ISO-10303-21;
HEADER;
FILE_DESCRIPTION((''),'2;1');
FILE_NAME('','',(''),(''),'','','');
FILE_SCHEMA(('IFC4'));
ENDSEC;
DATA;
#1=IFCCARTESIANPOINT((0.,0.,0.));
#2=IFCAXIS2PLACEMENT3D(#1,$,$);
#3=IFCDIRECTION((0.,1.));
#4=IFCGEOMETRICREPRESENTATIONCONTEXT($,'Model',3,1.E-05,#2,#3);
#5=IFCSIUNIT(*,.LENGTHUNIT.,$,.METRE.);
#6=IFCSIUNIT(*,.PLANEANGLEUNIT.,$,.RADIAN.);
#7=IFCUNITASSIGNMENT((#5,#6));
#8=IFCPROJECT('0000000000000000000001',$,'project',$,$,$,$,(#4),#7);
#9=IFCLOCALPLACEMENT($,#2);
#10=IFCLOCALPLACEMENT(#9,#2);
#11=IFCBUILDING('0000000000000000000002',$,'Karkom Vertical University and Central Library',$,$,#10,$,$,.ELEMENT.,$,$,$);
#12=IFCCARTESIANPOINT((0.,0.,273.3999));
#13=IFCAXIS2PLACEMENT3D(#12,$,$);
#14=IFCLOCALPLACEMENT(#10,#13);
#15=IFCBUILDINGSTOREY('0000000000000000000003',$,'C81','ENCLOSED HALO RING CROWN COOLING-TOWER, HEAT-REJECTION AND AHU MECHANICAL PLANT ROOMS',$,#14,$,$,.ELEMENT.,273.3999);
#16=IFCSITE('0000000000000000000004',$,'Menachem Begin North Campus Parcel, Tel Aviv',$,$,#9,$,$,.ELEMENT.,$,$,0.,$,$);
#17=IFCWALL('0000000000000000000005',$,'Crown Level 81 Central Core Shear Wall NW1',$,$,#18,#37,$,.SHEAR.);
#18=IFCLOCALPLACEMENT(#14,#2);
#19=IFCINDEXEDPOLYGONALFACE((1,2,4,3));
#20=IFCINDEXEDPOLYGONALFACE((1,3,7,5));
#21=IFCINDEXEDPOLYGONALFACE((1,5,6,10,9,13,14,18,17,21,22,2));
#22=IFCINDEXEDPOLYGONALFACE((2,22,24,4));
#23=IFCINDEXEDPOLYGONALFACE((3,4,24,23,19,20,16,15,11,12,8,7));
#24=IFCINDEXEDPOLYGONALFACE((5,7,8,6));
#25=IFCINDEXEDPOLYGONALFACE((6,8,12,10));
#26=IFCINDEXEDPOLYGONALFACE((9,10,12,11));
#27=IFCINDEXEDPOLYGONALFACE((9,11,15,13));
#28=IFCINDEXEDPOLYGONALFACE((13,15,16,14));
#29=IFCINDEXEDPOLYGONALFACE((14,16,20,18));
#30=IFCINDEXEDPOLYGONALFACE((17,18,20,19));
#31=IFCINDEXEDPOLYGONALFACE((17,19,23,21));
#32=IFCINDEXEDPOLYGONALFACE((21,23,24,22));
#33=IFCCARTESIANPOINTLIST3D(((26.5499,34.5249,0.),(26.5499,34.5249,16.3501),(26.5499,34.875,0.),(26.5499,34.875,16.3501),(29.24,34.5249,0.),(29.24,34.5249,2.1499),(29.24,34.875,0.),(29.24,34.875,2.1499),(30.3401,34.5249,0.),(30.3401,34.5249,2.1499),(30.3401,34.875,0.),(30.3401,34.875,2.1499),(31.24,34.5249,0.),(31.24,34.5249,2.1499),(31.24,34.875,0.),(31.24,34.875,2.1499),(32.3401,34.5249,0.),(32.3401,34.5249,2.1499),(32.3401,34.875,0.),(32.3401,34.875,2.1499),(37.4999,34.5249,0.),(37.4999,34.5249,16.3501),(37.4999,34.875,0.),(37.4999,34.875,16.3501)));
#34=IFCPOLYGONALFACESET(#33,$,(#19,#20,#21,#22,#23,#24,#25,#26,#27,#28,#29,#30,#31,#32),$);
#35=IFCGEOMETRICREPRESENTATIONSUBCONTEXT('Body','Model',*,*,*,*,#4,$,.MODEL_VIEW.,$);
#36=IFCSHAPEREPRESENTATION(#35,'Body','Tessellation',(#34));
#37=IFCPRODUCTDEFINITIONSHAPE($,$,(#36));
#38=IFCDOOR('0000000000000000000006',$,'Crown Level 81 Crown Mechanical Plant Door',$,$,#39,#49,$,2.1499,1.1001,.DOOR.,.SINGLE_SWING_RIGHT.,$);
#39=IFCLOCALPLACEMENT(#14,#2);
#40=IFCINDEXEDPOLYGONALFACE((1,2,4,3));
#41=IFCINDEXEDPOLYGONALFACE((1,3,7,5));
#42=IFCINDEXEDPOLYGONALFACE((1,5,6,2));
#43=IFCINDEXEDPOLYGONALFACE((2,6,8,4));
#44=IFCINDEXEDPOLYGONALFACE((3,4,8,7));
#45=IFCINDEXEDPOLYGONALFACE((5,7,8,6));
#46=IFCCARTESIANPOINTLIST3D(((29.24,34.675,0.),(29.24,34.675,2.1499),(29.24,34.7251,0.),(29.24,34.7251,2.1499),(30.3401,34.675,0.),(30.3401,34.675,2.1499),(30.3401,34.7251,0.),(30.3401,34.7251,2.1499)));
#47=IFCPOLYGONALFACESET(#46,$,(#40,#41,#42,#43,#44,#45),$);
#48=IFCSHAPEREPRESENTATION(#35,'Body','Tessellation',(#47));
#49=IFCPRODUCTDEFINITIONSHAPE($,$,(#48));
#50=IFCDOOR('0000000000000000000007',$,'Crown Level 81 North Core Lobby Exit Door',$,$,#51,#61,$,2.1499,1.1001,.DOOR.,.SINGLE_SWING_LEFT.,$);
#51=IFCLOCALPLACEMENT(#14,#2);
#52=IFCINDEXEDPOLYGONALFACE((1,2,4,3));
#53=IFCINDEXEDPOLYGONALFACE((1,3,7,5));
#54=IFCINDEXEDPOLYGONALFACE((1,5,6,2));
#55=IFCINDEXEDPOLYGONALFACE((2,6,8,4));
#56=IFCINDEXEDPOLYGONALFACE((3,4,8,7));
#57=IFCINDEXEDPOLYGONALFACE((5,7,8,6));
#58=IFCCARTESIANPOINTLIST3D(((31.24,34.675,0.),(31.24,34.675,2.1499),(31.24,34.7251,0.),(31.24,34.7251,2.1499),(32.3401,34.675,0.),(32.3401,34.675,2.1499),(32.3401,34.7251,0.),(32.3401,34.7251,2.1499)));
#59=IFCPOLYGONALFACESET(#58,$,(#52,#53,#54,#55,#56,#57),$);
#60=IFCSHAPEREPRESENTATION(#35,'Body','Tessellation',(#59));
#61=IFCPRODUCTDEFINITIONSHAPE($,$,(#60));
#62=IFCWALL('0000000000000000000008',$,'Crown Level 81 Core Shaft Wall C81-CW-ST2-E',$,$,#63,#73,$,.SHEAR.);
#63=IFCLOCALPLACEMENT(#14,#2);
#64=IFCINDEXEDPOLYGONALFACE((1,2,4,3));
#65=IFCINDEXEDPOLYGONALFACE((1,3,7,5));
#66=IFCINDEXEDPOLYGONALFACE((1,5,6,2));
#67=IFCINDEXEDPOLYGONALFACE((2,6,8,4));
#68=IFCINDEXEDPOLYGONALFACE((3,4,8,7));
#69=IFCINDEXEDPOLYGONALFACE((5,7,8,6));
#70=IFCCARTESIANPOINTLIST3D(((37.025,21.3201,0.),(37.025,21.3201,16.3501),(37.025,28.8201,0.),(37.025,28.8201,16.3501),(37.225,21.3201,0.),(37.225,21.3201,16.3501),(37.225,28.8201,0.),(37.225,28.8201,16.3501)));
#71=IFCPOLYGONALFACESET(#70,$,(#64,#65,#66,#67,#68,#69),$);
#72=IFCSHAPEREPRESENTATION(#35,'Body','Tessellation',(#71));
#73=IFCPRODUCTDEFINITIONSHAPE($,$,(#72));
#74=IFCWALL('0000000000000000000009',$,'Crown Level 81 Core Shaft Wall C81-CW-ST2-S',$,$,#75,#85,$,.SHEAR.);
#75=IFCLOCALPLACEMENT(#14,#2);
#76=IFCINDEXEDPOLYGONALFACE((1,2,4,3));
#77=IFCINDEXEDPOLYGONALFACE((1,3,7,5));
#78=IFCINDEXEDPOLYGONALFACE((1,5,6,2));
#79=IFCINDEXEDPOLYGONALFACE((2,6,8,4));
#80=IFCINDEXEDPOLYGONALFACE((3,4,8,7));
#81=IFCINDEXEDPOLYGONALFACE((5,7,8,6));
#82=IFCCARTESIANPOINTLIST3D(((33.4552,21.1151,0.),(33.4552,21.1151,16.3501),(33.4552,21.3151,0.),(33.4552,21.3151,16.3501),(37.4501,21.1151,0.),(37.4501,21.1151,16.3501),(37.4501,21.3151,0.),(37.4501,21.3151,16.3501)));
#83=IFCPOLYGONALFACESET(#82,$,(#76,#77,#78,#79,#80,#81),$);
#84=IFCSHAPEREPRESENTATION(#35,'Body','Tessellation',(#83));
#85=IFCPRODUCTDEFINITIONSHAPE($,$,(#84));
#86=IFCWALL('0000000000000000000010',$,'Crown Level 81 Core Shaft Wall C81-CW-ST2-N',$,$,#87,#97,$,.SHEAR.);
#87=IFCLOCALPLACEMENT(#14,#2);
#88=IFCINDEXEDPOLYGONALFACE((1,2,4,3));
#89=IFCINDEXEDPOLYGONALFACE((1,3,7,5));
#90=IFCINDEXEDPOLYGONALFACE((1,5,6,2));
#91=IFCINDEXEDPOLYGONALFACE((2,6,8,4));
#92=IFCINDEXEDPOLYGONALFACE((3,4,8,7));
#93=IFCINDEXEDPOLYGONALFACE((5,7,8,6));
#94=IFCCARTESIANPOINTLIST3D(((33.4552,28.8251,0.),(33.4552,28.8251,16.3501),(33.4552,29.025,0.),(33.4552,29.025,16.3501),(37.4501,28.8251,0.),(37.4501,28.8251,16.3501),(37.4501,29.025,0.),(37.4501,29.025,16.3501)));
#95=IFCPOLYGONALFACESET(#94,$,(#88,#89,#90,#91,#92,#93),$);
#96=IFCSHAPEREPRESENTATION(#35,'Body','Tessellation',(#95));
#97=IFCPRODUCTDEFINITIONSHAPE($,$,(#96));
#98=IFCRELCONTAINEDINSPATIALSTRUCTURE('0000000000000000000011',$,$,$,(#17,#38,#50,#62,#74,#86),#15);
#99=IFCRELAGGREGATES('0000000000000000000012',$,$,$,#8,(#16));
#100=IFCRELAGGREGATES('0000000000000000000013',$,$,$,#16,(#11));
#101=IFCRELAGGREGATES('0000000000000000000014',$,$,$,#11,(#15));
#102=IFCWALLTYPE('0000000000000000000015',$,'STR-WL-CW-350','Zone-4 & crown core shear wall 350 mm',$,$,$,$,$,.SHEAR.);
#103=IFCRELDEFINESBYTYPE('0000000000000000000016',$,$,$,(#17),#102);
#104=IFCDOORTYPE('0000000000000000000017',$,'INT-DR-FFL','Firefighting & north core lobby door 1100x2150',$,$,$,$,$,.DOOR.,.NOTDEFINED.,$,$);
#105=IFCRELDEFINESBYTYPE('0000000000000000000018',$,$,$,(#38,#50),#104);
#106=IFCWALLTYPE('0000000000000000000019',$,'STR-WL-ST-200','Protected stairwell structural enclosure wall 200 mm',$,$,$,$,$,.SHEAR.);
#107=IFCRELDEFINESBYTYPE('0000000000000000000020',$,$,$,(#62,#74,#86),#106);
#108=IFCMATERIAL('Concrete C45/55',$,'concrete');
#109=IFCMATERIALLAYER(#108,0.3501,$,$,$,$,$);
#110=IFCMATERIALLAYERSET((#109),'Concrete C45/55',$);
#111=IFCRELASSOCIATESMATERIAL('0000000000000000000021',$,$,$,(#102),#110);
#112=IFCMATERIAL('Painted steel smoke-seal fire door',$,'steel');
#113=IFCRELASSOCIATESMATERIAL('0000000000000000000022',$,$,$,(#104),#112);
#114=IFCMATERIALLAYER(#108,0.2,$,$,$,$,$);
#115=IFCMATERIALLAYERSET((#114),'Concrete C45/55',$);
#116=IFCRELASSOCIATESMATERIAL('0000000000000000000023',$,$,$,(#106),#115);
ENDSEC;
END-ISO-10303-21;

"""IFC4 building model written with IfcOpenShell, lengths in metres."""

from ifc_helpers import new_model, si_unit, direction, frame, frame_2d, origin, origin_with_axes, place, context, subcontext, project, spatial, rectangle, extrude, source, transform, mapped, material, layer, layer_set, type_object, element, fill, save


model = new_model("IFC4")

# Units and contexts
model_context = context("Model", 3, precision=1e-05, world=origin(), true_north=direction((0.0, 1.0)))
body_context = subcontext(model_context, "Body", "Model", "MODEL_VIEW")
ifc_project = project(units=[si_unit("LENGTHUNIT", "METRE"), si_unit("PLANEANGLEUNIT", "RADIAN")], contexts=[model_context])

# Site, building, storey
site_placement = place(None, origin())
site = spatial("IfcSite", under=ifc_project, at=site_placement, Name="Menachem Begin North Campus Parcel, Tel Aviv", CompositionType="ELEMENT", RefElevation=0.0)
building_placement = place(site_placement, origin())
building = spatial("IfcBuilding", under=site, at=building_placement, Name="Karkom Vertical University and Central Library", CompositionType="ELEMENT")
storey_placement = place(building_placement, frame((0.0, 0.0, 273.3999)))
storey = spatial("IfcBuildingStorey", under=building, at=storey_placement, Name="C81", Description="ENCLOSED HALO RING CROWN COOLING-TOWER, HEAT-REJECTION AND AHU MECHANICAL PLANT ROOMS", CompositionType="ELEMENT", Elevation=273.3999)

# Shared definitions
ifc_material_1 = material(Name="Concrete C45/55", Category="concrete")

# Wall, openings, doors
ifc_layer_1 = layer(ifc_material_1, 0.3501)
ifc_layer_set_1 = layer_set([ifc_layer_1], Name="Concrete C45/55")
wall_type_1 = type_object("IfcWallType", Name="STR-WL-CW-350", Description="Zone-4 & crown core shear wall 350 mm", PredefinedType="SHEAR", material=ifc_layer_set_1)
wall_1_placement = place(storey_placement, frame((37.5, 34.7, 0.0), z_axis=(0.0, 0.0, 1.0), x_axis=(-1.0, 0.0, 0.0)))
wall_1 = element("IfcWall", 1, at=wall_1_placement, inside=storey, type_object=wall_type_1, Name="Crown Level 81 Central Core Shear Wall NW1", PredefinedType="SHEAR", context=body_context, shape_type="SweptSolid", body=[
    extrude(rectangle(XDim=10.95, YDim=0.3501, at=frame_2d((5.4751, 0.0))), origin(), (0.0, 0.0, 1.0), 16.3501),
])
opening_1_placement = place(wall_1_placement, frame((7.1599, 0.0, 0.0)))
opening_1 = element("IfcOpeningElement", 2, at=opening_1_placement, cuts=wall_1, PredefinedType="OPENING", context=body_context, shape_type="SweptSolid", body=[
    extrude(rectangle(XDim=1.1001, YDim=2.1499, at=frame_2d((0.55, 1.075))), frame((0.0, 0.1851, 0.0), z_axis=(0.0, -1.0, 0.0), x_axis=(1.0, 0.0, 0.0)), (0.0, 0.0, 1.0), 0.3701),
])
opening_2_placement = place(wall_1_placement, frame((5.1599, 0.0, 0.0)))
opening_2 = element("IfcOpeningElement", 3, at=opening_2_placement, cuts=wall_1, PredefinedType="OPENING", context=body_context, shape_type="SweptSolid", body=[
    extrude(rectangle(XDim=1.1001, YDim=2.1499, at=frame_2d((0.55, 1.075))), frame((0.0, 0.1851, 0.0), z_axis=(0.0, -1.0, 0.0), x_axis=(1.0, 0.0, 0.0)), (0.0, 0.0, 1.0), 0.3701),
])
ifc_material_2 = material(Name="Painted steel smoke-seal fire door", Category="steel")
door_type_1 = type_object("IfcDoorType", Name="INT-DR-FFL", Description="Firefighting & north core lobby door 1100x2150", OperationType="NOTDEFINED", PredefinedType="DOOR", material=ifc_material_2)
shared_shape_1 = source(origin_with_axes(), body_context, "Body", "SweptSolid", [
    extrude(rectangle(XDim=1.1001, YDim=2.1499, at=frame_2d((0.55, 1.075))), frame((0.0, 0.0249, 0.0), z_axis=(0.0, -1.0, 0.0), x_axis=(1.0, 0.0, 0.0)), (0.0, 0.0, 1.0), 0.05),
])
door_1_placement = place(opening_1_placement, origin())
door_1 = element("IfcDoor", 4, at=door_1_placement, inside=storey, type_object=door_type_1, Name="Crown Level 81 Crown Mechanical Plant Door", OperationType="SINGLE_SWING_RIGHT", OverallHeight=2.1499, OverallWidth=1.1001, PredefinedType="DOOR", context=body_context, shape_type="MappedRepresentation", body=[
    mapped(shared_shape_1, transform((0.0, 0.0, 0.0), scale=1.0)),
])
fill(opening_1, door_1)
door_2_placement = place(opening_2_placement, origin())
door_2 = element("IfcDoor", 5, at=door_2_placement, inside=storey, type_object=door_type_1, Name="Crown Level 81 North Core Lobby Exit Door", OperationType="SINGLE_SWING_LEFT", OverallHeight=2.1499, OverallWidth=1.1001, PredefinedType="DOOR", context=body_context, shape_type="MappedRepresentation", body=[
    mapped(shared_shape_1, transform((0.0, 0.0, 0.0), scale=1.0)),
])
fill(opening_2, door_2)

# Walls
ifc_layer_2 = layer(ifc_material_1, 0.2)
ifc_layer_set_2 = layer_set([ifc_layer_2], Name="Concrete C45/55")
wall_type_2 = type_object("IfcWallType", Name="STR-WL-ST-200", Description="Protected stairwell structural enclosure wall 200 mm", PredefinedType="SHEAR", material=ifc_layer_set_2)
wall_2_placement = place(storey_placement, frame((37.125, 21.3201, 0.0), z_axis=(0.0, 0.0, 1.0), x_axis=(0.0, 1.0, 0.0)))
element("IfcWall", 6, at=wall_2_placement, inside=storey, type_object=wall_type_2, Name="Crown Level 81 Core Shaft Wall C81-CW-ST2-E", PredefinedType="SHEAR", context=body_context, shape_type="SweptSolid", body=[
    extrude(rectangle(XDim=7.5, YDim=0.2, at=frame_2d((3.75, 0.0))), origin(), (0.0, 0.0, 1.0), 16.3501),
])
for number, where, z_axis, x_axis, name in (
    (7, (33.4551, 21.2151, 0.0), (0.0, 0.0, 1.0), (1.0, 0.0, 0.0), "Crown Level 81 Core Shaft Wall C81-CW-ST2-S"),
    (8, (33.4551, 28.925, 0.0), (0.0, 0.0, 1.0), (1.0, 0.0, 0.0), "Crown Level 81 Core Shaft Wall C81-CW-ST2-N"),
):
    element("IfcWall", number, at=place(storey_placement, frame(where, z_axis=z_axis, x_axis=x_axis)), inside=storey, type_object=wall_type_2, Name=name, PredefinedType="SHEAR", context=body_context, shape_type="SweptSolid", body=[
        extrude(rectangle(XDim=3.9949, YDim=0.2, at=frame_2d((1.9976, 0.0))), origin(), (0.0, 0.0, 1.0), 16.3501),
    ])

save(model, "model.ifc")
